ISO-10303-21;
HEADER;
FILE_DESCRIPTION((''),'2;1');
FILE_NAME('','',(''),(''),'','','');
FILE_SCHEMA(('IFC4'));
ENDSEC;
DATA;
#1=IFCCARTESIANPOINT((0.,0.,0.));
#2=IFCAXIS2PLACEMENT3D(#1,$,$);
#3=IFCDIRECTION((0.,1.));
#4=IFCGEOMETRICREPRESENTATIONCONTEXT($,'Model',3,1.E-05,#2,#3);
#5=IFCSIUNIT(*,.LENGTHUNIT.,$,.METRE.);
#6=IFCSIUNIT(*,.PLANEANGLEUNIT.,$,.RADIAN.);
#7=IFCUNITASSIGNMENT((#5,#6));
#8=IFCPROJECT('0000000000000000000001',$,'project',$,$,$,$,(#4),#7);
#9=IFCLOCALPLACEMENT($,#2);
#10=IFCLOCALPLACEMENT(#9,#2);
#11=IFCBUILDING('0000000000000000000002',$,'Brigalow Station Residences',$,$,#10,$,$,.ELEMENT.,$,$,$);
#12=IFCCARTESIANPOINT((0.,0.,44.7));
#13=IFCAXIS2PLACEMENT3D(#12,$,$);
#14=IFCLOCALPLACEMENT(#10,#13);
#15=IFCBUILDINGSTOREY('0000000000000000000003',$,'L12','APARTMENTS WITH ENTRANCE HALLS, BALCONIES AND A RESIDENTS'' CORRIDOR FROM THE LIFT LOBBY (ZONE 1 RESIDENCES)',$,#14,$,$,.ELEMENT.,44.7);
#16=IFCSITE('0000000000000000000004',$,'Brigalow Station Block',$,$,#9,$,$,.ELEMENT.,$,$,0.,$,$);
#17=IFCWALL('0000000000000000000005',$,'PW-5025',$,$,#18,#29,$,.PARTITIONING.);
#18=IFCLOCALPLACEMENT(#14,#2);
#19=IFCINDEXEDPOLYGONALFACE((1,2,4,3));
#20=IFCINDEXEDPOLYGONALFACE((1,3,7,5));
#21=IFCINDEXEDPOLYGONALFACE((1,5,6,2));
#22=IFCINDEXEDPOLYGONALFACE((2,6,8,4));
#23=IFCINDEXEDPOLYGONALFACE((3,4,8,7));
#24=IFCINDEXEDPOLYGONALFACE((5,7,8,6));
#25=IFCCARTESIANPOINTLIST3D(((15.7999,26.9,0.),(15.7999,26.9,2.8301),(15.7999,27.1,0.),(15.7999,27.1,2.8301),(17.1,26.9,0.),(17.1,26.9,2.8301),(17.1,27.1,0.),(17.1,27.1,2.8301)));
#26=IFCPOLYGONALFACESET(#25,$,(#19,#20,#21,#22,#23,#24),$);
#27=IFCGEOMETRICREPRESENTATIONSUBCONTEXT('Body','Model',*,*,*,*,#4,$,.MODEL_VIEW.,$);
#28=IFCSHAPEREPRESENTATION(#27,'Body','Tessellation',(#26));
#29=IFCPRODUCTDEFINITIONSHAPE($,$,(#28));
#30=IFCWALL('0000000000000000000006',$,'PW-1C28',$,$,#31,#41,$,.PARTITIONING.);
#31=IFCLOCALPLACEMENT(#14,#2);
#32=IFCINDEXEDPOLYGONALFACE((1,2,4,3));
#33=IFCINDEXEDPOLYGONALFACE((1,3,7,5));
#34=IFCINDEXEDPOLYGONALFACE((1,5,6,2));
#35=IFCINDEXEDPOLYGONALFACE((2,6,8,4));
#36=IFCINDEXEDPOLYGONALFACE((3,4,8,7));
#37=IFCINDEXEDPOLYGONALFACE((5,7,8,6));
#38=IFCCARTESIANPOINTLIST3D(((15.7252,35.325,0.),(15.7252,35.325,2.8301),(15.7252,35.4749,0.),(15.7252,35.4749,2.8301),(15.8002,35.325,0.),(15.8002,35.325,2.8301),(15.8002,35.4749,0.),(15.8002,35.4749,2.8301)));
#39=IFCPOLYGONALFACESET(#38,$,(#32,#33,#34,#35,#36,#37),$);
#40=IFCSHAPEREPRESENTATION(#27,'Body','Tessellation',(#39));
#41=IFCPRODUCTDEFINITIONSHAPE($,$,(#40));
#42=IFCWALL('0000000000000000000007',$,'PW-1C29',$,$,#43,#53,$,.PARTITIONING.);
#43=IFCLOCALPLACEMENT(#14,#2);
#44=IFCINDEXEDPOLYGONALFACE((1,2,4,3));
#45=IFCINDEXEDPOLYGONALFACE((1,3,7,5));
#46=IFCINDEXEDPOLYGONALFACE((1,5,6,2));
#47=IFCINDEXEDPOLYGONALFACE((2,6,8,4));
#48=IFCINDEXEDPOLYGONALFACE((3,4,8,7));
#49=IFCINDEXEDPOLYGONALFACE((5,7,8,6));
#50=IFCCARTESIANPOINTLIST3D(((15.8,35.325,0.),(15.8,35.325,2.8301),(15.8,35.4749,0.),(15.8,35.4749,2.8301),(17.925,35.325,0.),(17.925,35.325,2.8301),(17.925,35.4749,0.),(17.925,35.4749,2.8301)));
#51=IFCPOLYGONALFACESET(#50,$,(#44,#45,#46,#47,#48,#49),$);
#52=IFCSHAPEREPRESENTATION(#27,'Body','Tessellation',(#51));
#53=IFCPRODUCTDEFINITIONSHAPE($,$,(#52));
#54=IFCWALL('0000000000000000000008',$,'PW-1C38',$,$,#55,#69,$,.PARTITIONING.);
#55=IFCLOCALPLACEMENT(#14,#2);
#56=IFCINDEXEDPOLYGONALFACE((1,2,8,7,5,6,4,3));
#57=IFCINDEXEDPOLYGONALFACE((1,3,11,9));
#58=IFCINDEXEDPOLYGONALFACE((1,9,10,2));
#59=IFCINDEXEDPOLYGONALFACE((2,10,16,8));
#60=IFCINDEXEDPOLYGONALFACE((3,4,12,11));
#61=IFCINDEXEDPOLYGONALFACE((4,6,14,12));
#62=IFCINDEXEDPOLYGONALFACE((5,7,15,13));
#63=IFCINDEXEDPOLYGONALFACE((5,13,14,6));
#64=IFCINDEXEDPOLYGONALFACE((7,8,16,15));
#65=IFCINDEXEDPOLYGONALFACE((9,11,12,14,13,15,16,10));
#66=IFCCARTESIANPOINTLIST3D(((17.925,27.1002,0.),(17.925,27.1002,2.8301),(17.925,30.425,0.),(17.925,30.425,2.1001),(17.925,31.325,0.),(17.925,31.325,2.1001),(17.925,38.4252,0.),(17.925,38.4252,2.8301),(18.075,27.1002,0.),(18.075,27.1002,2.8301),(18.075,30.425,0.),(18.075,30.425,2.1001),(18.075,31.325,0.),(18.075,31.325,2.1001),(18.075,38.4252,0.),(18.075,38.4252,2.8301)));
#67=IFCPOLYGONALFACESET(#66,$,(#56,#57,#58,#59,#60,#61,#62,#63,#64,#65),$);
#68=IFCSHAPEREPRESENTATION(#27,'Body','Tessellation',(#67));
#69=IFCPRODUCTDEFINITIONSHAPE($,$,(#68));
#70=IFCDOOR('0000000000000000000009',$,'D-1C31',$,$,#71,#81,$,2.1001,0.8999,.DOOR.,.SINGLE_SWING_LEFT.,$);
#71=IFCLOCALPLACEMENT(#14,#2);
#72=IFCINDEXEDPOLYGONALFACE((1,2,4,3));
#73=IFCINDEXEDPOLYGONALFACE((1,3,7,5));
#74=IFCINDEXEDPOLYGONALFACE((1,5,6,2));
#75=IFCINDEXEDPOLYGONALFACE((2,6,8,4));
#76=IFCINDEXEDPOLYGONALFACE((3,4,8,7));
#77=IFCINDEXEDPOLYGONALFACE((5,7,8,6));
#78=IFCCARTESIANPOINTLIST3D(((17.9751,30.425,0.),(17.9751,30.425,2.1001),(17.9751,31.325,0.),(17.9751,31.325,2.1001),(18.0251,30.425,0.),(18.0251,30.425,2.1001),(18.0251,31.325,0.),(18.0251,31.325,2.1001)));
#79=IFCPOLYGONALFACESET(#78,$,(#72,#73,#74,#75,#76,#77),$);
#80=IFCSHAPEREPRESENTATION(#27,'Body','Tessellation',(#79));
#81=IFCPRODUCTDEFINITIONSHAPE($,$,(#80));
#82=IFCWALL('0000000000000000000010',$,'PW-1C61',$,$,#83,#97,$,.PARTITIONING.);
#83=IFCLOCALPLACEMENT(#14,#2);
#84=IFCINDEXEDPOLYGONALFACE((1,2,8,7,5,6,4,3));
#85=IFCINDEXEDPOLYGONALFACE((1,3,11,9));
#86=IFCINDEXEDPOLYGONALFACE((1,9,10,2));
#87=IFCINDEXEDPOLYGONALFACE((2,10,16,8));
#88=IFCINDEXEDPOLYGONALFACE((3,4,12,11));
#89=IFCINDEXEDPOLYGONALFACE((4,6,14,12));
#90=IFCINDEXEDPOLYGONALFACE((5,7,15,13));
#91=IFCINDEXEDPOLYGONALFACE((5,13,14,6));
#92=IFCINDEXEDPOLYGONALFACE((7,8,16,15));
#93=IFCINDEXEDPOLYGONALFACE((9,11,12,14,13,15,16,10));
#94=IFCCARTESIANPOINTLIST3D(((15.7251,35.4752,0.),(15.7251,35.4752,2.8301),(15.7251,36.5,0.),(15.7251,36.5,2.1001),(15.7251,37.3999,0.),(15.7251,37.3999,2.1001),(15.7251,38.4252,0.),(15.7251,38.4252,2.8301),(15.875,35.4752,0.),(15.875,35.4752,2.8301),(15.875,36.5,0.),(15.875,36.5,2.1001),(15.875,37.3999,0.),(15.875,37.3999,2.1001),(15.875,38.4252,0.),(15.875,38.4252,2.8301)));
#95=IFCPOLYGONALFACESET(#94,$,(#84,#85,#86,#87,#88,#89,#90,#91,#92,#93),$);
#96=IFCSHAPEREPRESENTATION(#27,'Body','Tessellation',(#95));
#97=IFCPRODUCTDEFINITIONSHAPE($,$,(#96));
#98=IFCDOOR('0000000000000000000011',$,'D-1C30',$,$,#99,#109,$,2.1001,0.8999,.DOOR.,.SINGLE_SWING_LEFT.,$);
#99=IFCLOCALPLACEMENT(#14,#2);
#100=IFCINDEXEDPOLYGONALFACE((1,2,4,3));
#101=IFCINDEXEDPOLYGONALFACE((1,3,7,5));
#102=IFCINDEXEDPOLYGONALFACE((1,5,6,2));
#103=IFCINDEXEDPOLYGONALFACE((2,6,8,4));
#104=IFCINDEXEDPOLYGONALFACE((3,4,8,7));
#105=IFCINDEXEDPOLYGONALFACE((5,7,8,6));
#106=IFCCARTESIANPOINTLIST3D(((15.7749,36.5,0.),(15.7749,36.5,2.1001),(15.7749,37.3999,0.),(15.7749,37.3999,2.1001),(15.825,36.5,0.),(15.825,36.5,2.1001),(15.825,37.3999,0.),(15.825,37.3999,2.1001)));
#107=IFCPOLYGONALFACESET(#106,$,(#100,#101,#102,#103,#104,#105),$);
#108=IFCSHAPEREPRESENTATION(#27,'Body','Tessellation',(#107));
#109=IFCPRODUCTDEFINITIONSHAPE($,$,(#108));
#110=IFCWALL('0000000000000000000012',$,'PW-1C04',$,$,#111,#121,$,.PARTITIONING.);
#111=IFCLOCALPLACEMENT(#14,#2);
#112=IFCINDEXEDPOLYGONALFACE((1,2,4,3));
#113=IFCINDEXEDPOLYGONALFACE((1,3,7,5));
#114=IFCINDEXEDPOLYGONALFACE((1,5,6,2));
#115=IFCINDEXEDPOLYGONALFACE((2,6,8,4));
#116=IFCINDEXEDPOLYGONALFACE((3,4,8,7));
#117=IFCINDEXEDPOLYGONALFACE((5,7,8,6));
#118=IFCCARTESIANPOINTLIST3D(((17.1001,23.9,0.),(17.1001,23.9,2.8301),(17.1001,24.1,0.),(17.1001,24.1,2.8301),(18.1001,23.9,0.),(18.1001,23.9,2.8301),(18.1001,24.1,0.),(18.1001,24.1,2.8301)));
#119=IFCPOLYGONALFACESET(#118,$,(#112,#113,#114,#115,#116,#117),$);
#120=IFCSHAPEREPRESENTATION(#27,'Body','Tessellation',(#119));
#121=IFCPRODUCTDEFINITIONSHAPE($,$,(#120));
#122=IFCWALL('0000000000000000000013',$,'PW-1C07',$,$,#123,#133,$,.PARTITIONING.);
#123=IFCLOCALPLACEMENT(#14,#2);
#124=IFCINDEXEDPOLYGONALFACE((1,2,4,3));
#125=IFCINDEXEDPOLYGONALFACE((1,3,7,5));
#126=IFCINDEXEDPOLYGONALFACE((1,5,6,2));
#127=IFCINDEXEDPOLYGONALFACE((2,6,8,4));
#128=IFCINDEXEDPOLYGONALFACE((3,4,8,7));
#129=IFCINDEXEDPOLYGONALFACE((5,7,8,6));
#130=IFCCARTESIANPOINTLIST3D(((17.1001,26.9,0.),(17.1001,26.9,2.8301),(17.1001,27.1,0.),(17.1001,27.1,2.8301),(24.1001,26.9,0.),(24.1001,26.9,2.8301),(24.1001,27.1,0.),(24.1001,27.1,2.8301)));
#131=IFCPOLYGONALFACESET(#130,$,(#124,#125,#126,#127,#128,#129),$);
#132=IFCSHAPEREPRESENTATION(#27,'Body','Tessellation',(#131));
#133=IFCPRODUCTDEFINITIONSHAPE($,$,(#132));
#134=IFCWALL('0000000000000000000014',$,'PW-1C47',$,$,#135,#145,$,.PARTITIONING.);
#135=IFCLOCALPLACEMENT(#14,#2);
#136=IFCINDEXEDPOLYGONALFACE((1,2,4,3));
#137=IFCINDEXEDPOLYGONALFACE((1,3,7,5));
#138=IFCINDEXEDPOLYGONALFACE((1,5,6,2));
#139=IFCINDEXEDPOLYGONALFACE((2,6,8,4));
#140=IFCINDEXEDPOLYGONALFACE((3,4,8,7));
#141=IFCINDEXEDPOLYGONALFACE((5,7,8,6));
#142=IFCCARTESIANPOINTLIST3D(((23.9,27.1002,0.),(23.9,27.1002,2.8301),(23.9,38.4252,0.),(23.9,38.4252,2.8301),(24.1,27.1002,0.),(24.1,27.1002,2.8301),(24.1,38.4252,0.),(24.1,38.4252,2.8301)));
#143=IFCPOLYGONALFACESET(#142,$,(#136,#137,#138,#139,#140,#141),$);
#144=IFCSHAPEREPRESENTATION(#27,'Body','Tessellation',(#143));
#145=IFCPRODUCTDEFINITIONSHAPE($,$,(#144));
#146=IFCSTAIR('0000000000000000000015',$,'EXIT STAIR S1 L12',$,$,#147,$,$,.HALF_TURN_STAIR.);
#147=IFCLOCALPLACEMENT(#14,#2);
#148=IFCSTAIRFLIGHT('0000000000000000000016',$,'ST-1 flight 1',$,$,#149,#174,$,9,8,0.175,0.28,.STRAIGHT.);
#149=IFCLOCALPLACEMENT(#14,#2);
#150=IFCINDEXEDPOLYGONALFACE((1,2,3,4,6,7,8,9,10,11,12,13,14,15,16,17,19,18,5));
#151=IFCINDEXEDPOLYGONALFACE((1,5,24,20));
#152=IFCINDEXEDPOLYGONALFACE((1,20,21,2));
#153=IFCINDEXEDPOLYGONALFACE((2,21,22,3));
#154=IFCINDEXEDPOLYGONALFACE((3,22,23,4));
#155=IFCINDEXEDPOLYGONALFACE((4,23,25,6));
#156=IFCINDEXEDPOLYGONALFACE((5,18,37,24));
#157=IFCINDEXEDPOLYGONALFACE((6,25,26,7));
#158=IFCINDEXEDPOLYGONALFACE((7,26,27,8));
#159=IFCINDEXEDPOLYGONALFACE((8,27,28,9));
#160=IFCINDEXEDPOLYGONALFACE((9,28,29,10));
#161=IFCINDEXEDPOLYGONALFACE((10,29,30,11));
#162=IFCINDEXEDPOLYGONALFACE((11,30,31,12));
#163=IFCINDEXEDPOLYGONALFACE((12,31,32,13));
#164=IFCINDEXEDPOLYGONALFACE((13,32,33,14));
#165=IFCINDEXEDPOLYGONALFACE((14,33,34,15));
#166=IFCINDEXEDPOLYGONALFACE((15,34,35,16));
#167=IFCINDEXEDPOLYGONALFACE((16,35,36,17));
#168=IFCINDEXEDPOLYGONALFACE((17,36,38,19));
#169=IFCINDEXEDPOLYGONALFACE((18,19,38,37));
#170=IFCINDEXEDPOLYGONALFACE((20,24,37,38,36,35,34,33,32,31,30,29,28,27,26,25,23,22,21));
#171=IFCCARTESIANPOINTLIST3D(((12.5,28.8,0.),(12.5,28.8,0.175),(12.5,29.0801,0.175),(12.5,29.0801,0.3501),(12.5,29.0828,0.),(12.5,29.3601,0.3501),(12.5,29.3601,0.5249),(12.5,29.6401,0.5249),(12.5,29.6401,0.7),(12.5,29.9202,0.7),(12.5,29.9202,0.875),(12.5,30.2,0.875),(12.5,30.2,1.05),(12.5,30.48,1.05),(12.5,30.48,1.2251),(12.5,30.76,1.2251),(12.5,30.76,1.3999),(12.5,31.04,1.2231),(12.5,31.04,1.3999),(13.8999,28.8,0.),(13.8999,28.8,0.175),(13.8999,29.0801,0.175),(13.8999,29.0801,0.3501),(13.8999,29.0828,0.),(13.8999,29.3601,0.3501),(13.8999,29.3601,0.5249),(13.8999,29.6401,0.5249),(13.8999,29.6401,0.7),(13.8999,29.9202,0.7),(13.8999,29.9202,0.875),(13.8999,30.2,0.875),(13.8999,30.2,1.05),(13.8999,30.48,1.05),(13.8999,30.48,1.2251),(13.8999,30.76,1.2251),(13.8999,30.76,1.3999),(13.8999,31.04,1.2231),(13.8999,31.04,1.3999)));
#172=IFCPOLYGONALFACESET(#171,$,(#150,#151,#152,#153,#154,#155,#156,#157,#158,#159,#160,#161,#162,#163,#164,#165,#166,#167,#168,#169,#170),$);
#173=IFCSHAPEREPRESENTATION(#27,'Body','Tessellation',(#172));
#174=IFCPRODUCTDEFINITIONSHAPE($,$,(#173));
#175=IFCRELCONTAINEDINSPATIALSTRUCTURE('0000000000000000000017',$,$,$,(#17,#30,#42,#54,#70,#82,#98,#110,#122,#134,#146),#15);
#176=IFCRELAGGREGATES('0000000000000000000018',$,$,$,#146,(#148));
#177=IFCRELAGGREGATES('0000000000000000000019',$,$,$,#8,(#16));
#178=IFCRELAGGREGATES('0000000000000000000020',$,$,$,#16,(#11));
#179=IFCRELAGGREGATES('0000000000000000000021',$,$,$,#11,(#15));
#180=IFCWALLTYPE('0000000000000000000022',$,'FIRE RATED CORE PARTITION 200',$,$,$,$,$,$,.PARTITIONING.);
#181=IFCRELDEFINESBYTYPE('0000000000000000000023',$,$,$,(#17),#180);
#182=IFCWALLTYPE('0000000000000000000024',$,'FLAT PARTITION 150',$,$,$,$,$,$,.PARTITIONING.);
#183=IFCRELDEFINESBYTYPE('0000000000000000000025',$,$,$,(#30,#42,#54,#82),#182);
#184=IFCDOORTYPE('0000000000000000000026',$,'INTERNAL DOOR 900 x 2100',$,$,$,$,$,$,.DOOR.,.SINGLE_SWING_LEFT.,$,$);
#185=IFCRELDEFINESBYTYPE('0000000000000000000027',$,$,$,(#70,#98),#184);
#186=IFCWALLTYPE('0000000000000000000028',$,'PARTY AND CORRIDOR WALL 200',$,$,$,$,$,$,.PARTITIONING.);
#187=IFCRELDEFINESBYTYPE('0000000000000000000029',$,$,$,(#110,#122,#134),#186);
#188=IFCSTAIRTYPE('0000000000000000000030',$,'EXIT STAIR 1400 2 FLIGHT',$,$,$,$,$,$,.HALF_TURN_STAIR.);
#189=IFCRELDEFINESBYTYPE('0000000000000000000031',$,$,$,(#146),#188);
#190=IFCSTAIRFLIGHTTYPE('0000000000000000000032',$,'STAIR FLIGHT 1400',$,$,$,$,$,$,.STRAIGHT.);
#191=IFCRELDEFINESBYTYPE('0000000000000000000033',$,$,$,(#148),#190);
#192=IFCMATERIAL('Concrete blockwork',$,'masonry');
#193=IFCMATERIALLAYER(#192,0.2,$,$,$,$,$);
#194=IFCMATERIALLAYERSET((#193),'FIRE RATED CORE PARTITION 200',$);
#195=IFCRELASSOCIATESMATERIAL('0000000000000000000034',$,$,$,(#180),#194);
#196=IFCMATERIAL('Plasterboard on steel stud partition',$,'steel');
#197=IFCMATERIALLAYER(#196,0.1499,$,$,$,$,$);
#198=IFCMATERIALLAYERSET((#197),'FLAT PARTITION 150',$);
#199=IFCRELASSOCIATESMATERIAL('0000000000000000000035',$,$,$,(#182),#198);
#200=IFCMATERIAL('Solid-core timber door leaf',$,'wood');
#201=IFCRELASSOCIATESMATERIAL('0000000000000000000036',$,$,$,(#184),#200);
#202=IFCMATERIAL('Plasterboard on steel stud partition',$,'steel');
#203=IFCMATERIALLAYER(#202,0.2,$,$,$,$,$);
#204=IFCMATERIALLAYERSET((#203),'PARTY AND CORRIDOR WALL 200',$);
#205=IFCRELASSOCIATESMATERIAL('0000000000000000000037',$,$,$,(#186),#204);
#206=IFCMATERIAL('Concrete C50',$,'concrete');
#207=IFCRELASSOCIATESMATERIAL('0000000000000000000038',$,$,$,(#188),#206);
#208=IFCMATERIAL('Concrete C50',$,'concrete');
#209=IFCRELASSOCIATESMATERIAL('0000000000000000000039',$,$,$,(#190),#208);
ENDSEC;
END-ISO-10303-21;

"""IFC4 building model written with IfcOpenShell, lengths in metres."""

from ifc_helpers import new_model, si_unit, direction, frame, frame_2d, origin, place, context, subcontext, project, spatial, polyline, rectangle, outline, extrude, material, layer, layer_set, type_object, element, fill, aggregate, save


model = new_model("IFC4")

# Units and contexts
model_context = context("Model", 3, precision=1e-05, world=origin(), true_north=direction((0.0, 1.0)))
body_context = subcontext(model_context, "Body", "Model", "MODEL_VIEW")
ifc_project = project(units=[si_unit("LENGTHUNIT", "METRE"), si_unit("PLANEANGLEUNIT", "RADIAN")], contexts=[model_context])

# Site, building, storey
site_placement = place(None, origin())
site = spatial("IfcSite", under=ifc_project, at=site_placement, Name="Brigalow Station Block", CompositionType="ELEMENT", RefElevation=0.0)
building_placement = place(site_placement, origin())
building = spatial("IfcBuilding", under=site, at=building_placement, Name="Brigalow Station Residences", CompositionType="ELEMENT")
storey_placement = place(building_placement, frame((0.0, 0.0, 44.7)))
storey = spatial("IfcBuildingStorey", under=building, at=storey_placement, Name="L12", Description="APARTMENTS WITH ENTRANCE HALLS, BALCONIES AND A RESIDENTS' CORRIDOR FROM THE LIFT LOBBY (ZONE 1 RESIDENCES)", CompositionType="ELEMENT", Elevation=44.7)

# Walls
ifc_material_1 = material(Name="Concrete blockwork", Category="masonry")
ifc_layer_1 = layer(ifc_material_1, 0.2)
ifc_layer_set_1 = layer_set([ifc_layer_1], Name="FIRE RATED CORE PARTITION 200")
wall_type_1 = type_object("IfcWallType", Name="FIRE RATED CORE PARTITION 200", PredefinedType="PARTITIONING", material=ifc_layer_set_1)
wall_1_placement = place(storey_placement, frame((15.8, 27.0, 0.0), z_axis=(0.0, 0.0, 1.0), x_axis=(1.0, 0.0, 0.0)))
element("IfcWall", 1, at=wall_1_placement, inside=storey, type_object=wall_type_1, Name="PW-5025", PredefinedType="PARTITIONING", context=body_context, shape_type="SweptSolid", body=[
    extrude(rectangle(XDim=1.3, YDim=0.2, at=frame_2d((0.6499, 0.0))), origin(), (0.0, 0.0, 1.0), 2.8301),
])
ifc_material_2 = material(Name="Plasterboard on steel stud partition", Category="steel")
ifc_layer_2 = layer(ifc_material_2, 0.1499)
ifc_layer_set_2 = layer_set([ifc_layer_2], Name="FLAT PARTITION 150")
wall_type_2 = type_object("IfcWallType", Name="FLAT PARTITION 150", PredefinedType="PARTITIONING", material=ifc_layer_set_2)
wall_2_placement = place(storey_placement, frame((15.7251, 35.3999, 0.0), z_axis=(0.0, 0.0, 1.0), x_axis=(1.0, 0.0, 0.0)))
element("IfcWall", 2, at=wall_2_placement, inside=storey, type_object=wall_type_2, Name="PW-1C28", PredefinedType="PARTITIONING", context=body_context, shape_type="SweptSolid", body=[
    extrude(rectangle(XDim=0.075, YDim=0.1499, at=frame_2d((0.0376, 0.0))), origin(), (0.0, 0.0, 1.0), 2.8301),
])
wall_3_placement = place(storey_placement, frame((15.8, 35.3999, 0.0), z_axis=(0.0, 0.0, 1.0), x_axis=(1.0, 0.0, 0.0)))
element("IfcWall", 3, at=wall_3_placement, inside=storey, type_object=wall_type_2, Name="PW-1C29", PredefinedType="PARTITIONING", context=body_context, shape_type="SweptSolid", body=[
    extrude(rectangle(XDim=2.125, YDim=0.1499, at=frame_2d((1.0625, 0.0))), origin(), (0.0, 0.0, 1.0), 2.8301),
])

# Walls, openings, doors
wall_4_placement = place(storey_placement, frame((18.0, 27.1001, 0.0), z_axis=(0.0, 0.0, 1.0), x_axis=(0.0, 1.0, 0.0)))
wall_4 = element("IfcWall", 4, at=wall_4_placement, inside=storey, type_object=wall_type_2, Name="PW-1C38", PredefinedType="PARTITIONING", context=body_context, shape_type="SweptSolid", body=[
    extrude(rectangle(XDim=11.325, YDim=0.1499, at=frame_2d((5.6626, 0.0))), origin(), (0.0, 0.0, 1.0), 2.8301),
])
opening_1_placement = place(wall_4_placement, frame((3.325, 0.0, 0.0)))
opening_1 = element("IfcOpeningElement", 5, at=opening_1_placement, cuts=wall_4, PredefinedType="OPENING", context=body_context, shape_type="SweptSolid", body=[
    extrude(rectangle(XDim=0.8999, YDim=2.1001, at=frame_2d((0.45, 1.05))), frame((0.0, 0.085, 0.0), z_axis=(0.0, -1.0, 0.0), x_axis=(1.0, 0.0, 0.0)), (0.0, 0.0, 1.0), 0.1699),
])
ifc_material_3 = material(Name="Solid-core timber door leaf", Category="wood")
door_type = type_object("IfcDoorType", Name="INTERNAL DOOR 900 x 2100", OperationType="SINGLE_SWING_LEFT", PredefinedType="DOOR", material=ifc_material_3)
door_1_placement = place(opening_1_placement, origin())
door_1 = element("IfcDoor", 6, at=door_1_placement, inside=storey, type_object=door_type, Name="D-1C31", OperationType="SINGLE_SWING_LEFT", OverallHeight=2.1001, OverallWidth=0.8999, PredefinedType="DOOR", context=body_context, shape_type="SweptSolid", body=[
    extrude(rectangle(XDim=0.8999, YDim=2.1001, at=frame_2d((0.45, 1.05))), frame((0.0, 0.0249, 0.0), z_axis=(0.0, -1.0, 0.0), x_axis=(1.0, 0.0, 0.0)), (0.0, 0.0, 1.0), 0.05),
])
fill(opening_1, door_1)
wall_5_placement = place(storey_placement, frame((15.8, 35.4751, 0.0), z_axis=(0.0, 0.0, 1.0), x_axis=(0.0, 1.0, 0.0)))
wall_5 = element("IfcWall", 7, at=wall_5_placement, inside=storey, type_object=wall_type_2, Name="PW-1C61", PredefinedType="PARTITIONING", context=body_context, shape_type="SweptSolid", body=[
    extrude(rectangle(XDim=2.95, YDim=0.1499, at=frame_2d((1.4751, 0.0))), origin(), (0.0, 0.0, 1.0), 2.8301),
])
opening_2_placement = place(wall_5_placement, frame((1.0249, 0.0, 0.0)))
opening_2 = element("IfcOpeningElement", 8, at=opening_2_placement, cuts=wall_5, PredefinedType="OPENING", context=body_context, shape_type="SweptSolid", body=[
    extrude(rectangle(XDim=0.8999, YDim=2.1001, at=frame_2d((0.45, 1.05))), frame((0.0, 0.085, 0.0), z_axis=(0.0, -1.0, 0.0), x_axis=(1.0, 0.0, 0.0)), (0.0, 0.0, 1.0), 0.1699),
])
door_2_placement = place(opening_2_placement, frame((0.8999, 0.0, 0.0), z_axis=(0.0, 0.0, 1.0), x_axis=(-1.0, 0.0, 0.0)))
door_2 = element("IfcDoor", 9, at=door_2_placement, inside=storey, type_object=door_type, Name="D-1C30", OperationType="SINGLE_SWING_LEFT", OverallHeight=2.1001, OverallWidth=0.8999, PredefinedType="DOOR", context=body_context, shape_type="SweptSolid", body=[
    extrude(rectangle(XDim=0.8999, YDim=2.1001, at=frame_2d((0.45, 1.05))), frame((0.0, 0.0249, 0.0), z_axis=(0.0, -1.0, 0.0), x_axis=(1.0, 0.0, 0.0)), (0.0, 0.0, 1.0), 0.05),
])
fill(opening_2, door_2)

# Walls
ifc_material_4 = material(Name="Plasterboard on steel stud partition", Category="steel")
ifc_layer_3 = layer(ifc_material_4, 0.2)
ifc_layer_set_3 = layer_set([ifc_layer_3], Name="PARTY AND CORRIDOR WALL 200")
wall_type_3 = type_object("IfcWallType", Name="PARTY AND CORRIDOR WALL 200", PredefinedType="PARTITIONING", material=ifc_layer_set_3)
wall_6_placement = place(storey_placement, frame((17.1001, 24.0, 0.0), z_axis=(0.0, 0.0, 1.0), x_axis=(1.0, 0.0, 0.0)))
element("IfcWall", 10, at=wall_6_placement, inside=storey, type_object=wall_type_3, Name="PW-1C04", PredefinedType="PARTITIONING", context=body_context, shape_type="SweptSolid", body=[
    extrude(rectangle(XDim=1.0, YDim=0.2, at=frame_2d((0.5, 0.0))), origin(), (0.0, 0.0, 1.0), 2.8301),
])
wall_7_placement = place(storey_placement, frame((17.1001, 27.0, 0.0), z_axis=(0.0, 0.0, 1.0), x_axis=(1.0, 0.0, 0.0)))
element("IfcWall", 11, at=wall_7_placement, inside=storey, type_object=wall_type_3, Name="PW-1C07", PredefinedType="PARTITIONING", context=body_context, shape_type="SweptSolid", body=[
    extrude(rectangle(XDim=7.0, YDim=0.2, at=frame_2d((3.5, 0.0))), origin(), (0.0, 0.0, 1.0), 2.8301),
])
wall_8_placement = place(storey_placement, frame((24.0, 27.1001, 0.0), z_axis=(0.0, 0.0, 1.0), x_axis=(0.0, 1.0, 0.0)))
element("IfcWall", 12, at=wall_8_placement, inside=storey, type_object=wall_type_3, Name="PW-1C47", PredefinedType="PARTITIONING", context=body_context, shape_type="SweptSolid", body=[
    extrude(rectangle(XDim=11.325, YDim=0.2, at=frame_2d((5.6626, 0.0))), origin(), (0.0, 0.0, 1.0), 2.8301),
])

# Stair, stair flight
ifc_material_5 = material(Name="Concrete C50", Category="concrete")
stair_type = type_object("IfcStairType", Name="EXIT STAIR 1400 2 FLIGHT", PredefinedType="HALF_TURN_STAIR", material=ifc_material_5)
stair_placement = place(storey_placement, origin())
stair = element("IfcStair", 13, at=stair_placement, inside=storey, type_object=stair_type, Name="EXIT STAIR S1 L12", PredefinedType="HALF_TURN_STAIR")
ifc_material_6 = material(Name="Concrete C50", Category="concrete")
stair_flight_type = type_object("IfcStairFlightType", Name="STAIR FLIGHT 1400", PredefinedType="STRAIGHT", material=ifc_material_6)
stair_flight_1_placement = place(storey_placement, frame((13.2, 28.8, 0.0), z_axis=(0.0, 0.0, 1.0), x_axis=(0.0, 1.0, 0.0)))
stair_flight_1 = element("IfcStairFlight", 14, at=stair_flight_1_placement, type_object=stair_flight_type, Name="ST-1 flight 1", NumberOfRisers=9, NumberOfTreads=8, PredefinedType="STRAIGHT", RiserHeight=0.175, TreadLength=0.28, context=body_context, shape_type="SweptSolid", body=[
    extrude(outline(polyline([(0.0, 0.0), (0.0, 0.175), (0.28, 0.175), (0.28, 0.3501), (0.5601, 0.3501), (0.5601, 0.5249), (0.8401, 0.5249), (0.8401, 0.7), (1.1201, 0.7), (1.1201, 0.875), (1.3999, 0.875), (1.3999, 1.05), (1.6799, 1.05), (1.6799, 1.2251), (1.96, 1.2251), (1.96, 1.3999), (2.24, 1.3999), (2.24, 1.575), (2.24, 1.2231), (0.2827, 0.0), (0.0, 0.0)])), frame((0.0, 0.7, 0.0), z_axis=(0.0, -1.0, 0.0), x_axis=(1.0, 0.0, 0.0)), (0.0, 0.0, 1.0), 1.3999),
])
aggregate(stair, [stair_flight_1])

save(model, "model.ifc")
